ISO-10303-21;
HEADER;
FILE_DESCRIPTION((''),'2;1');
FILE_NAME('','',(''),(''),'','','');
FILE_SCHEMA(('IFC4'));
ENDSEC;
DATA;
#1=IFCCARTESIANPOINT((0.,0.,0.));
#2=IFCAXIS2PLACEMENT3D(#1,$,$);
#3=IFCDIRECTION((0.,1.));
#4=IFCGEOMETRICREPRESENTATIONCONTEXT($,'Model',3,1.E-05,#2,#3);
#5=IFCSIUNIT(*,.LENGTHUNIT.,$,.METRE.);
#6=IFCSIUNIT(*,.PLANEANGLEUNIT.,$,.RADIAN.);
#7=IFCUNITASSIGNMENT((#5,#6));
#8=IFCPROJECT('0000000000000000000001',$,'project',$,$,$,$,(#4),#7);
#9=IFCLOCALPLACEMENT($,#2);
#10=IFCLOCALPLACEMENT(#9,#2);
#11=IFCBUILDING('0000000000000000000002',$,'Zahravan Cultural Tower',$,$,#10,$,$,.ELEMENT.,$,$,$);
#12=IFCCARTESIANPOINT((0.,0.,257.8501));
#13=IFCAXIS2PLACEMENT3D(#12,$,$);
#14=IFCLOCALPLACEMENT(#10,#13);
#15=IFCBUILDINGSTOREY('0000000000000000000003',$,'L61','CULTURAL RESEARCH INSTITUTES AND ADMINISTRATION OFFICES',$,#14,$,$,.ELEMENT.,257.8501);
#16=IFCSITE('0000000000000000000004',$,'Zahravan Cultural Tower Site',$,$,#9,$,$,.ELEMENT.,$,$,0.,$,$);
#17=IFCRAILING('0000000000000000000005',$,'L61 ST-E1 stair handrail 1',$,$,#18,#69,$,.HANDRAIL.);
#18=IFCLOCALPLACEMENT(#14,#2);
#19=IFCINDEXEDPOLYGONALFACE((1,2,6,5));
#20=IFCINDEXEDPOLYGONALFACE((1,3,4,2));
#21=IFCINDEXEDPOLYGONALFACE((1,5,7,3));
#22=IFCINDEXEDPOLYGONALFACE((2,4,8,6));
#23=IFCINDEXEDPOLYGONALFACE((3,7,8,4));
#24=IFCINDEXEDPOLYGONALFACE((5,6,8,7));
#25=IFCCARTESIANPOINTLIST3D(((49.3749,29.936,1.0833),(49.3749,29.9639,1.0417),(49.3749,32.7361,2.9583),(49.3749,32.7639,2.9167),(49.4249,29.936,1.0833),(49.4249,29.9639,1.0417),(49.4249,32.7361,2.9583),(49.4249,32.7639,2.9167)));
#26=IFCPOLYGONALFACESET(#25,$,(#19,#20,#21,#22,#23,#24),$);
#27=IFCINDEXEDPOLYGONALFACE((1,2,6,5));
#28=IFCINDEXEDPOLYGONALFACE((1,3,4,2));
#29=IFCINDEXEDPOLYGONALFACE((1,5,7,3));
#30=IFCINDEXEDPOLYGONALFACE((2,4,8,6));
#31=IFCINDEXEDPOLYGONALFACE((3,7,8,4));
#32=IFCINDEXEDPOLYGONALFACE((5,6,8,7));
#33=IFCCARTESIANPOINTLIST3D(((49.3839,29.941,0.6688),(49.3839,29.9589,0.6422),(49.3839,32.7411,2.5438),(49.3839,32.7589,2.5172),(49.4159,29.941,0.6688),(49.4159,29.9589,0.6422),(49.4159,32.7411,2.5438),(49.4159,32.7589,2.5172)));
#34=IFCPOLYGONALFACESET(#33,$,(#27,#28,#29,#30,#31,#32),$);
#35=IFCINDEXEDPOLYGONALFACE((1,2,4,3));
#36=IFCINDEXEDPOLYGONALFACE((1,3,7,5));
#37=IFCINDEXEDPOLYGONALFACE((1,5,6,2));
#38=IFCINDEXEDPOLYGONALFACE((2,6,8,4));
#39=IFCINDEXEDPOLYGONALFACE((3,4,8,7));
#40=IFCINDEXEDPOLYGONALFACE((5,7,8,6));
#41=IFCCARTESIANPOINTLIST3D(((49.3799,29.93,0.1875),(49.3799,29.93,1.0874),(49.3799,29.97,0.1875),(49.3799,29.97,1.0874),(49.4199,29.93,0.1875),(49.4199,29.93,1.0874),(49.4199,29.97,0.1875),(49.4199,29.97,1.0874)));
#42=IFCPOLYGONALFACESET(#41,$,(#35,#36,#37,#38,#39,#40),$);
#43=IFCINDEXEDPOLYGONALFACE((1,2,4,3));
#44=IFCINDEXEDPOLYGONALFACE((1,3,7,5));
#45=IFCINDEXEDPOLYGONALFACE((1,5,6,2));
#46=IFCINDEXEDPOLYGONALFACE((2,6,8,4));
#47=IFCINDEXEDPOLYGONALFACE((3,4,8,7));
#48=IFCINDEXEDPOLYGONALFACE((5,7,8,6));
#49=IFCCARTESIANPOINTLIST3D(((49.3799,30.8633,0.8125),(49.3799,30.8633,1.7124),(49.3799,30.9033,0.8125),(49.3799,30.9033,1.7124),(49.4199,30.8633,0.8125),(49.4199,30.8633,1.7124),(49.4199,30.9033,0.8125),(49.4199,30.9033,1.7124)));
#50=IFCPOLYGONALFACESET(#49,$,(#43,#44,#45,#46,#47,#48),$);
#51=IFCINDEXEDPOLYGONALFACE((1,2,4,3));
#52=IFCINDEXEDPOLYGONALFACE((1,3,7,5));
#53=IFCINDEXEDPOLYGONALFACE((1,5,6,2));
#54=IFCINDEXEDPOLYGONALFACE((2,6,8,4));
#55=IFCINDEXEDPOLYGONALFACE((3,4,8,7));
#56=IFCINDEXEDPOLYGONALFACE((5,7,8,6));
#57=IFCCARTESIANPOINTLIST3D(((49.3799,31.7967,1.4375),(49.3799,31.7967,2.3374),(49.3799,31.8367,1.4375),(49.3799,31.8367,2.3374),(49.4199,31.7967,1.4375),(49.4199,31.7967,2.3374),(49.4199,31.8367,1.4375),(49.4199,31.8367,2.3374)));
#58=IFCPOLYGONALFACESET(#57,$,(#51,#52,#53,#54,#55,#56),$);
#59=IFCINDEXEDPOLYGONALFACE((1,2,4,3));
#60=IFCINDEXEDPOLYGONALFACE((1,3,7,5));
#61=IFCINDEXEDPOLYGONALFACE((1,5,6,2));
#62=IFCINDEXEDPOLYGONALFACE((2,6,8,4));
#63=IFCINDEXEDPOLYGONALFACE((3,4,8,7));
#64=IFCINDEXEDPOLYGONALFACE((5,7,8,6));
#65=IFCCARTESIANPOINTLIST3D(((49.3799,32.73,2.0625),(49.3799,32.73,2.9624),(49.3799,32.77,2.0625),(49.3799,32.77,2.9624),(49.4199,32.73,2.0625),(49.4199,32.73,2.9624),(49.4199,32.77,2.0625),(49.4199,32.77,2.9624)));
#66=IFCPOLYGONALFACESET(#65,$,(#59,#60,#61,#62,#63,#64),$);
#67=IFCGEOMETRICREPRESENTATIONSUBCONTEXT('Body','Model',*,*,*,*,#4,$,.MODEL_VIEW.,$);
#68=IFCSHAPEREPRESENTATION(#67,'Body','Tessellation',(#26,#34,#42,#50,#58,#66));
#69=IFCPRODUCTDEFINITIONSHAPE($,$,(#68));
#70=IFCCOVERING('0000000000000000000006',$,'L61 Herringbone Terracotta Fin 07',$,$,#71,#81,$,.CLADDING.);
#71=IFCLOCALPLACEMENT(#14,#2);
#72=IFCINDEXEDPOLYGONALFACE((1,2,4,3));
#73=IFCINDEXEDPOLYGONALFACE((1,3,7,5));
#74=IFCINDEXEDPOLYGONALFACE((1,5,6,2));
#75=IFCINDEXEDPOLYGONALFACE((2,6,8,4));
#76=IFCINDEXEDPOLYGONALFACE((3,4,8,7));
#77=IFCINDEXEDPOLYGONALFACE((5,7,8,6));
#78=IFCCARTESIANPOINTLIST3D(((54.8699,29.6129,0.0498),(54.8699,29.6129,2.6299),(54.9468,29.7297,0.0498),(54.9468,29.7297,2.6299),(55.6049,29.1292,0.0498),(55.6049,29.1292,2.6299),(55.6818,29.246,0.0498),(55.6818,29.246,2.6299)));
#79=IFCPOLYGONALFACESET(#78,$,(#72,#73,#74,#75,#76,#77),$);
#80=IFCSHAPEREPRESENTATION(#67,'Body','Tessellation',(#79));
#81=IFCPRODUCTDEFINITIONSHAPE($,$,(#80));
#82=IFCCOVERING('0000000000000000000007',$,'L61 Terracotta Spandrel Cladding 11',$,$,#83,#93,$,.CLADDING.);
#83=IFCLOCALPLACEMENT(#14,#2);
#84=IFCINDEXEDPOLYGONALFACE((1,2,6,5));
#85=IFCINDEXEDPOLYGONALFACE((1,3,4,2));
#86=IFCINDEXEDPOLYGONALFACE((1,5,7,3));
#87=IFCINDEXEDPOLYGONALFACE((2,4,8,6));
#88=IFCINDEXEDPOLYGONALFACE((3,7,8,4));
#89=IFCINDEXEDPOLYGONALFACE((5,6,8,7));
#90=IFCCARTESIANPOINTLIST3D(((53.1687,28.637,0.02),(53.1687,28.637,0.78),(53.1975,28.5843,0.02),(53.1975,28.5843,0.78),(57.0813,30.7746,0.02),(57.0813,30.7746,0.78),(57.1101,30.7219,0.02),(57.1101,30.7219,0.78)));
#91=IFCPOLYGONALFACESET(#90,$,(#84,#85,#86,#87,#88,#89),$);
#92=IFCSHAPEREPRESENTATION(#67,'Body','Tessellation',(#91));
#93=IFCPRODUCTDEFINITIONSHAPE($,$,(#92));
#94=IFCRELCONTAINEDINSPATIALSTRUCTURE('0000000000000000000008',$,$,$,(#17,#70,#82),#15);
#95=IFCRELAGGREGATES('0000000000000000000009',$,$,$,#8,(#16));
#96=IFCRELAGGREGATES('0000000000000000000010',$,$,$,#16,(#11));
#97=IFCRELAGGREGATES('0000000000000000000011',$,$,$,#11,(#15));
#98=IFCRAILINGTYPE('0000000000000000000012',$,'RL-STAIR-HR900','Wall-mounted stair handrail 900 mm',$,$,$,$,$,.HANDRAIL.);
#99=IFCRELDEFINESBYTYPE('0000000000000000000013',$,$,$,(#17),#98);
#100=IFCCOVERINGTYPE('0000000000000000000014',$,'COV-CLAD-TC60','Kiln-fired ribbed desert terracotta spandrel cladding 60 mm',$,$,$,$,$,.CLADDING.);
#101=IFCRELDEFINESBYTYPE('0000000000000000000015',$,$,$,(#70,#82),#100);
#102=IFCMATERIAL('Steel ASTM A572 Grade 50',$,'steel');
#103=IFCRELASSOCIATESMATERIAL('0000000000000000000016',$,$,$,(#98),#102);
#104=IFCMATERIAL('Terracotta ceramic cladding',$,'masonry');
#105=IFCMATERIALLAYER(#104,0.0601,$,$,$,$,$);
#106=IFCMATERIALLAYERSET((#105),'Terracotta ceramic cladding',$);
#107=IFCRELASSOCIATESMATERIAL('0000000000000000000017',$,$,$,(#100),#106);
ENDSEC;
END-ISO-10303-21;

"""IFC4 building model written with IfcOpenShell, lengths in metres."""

from ifc_helpers import new_model, si_unit, direction, frame, origin, origin_2d, place, context, subcontext, project, spatial, rectangle, extrude, source, transform, mapped, material, layer, layer_set, type_object, element, save


model = new_model("IFC4")

# Units and contexts
model_context = context("Model", 3, precision=1e-05, world=origin(), true_north=direction((0.0, 1.0)))
body_context = subcontext(model_context, "Body", "Model", "MODEL_VIEW")
ifc_project = project(units=[si_unit("LENGTHUNIT", "METRE"), si_unit("PLANEANGLEUNIT", "RADIAN")], contexts=[model_context])

# Site, building, storey
site_placement = place(None, origin())
site = spatial("IfcSite", under=ifc_project, at=site_placement, Name="Zahravan Cultural Tower Site", CompositionType="ELEMENT", RefElevation=0.0)
building_placement = place(site_placement, origin())
building = spatial("IfcBuilding", under=site, at=building_placement, Name="Zahravan Cultural Tower", CompositionType="ELEMENT")
storey_placement = place(building_placement, frame((0.0, 0.0, 257.8501)))
storey = spatial("IfcBuildingStorey", under=building, at=storey_placement, Name="L61", Description="CULTURAL RESEARCH INSTITUTES AND ADMINISTRATION OFFICES", CompositionType="ELEMENT", Elevation=257.8501)

# Railing
ifc_material_1 = material(Name="Steel ASTM A572 Grade 50", Category="steel")
railing_type_1 = type_object("IfcRailingType", Name="RL-STAIR-HR900", Description="Wall-mounted stair handrail 900 mm", PredefinedType="HANDRAIL", material=ifc_material_1)
railing_1_placement = place(storey_placement, frame((49.3999, 29.95, 0.1875)))
element("IfcRailing", 1, at=railing_1_placement, inside=storey, type_object=railing_type_1, Name="L61 ST-E1 stair handrail 1", PredefinedType="HANDRAIL", context=body_context, shape_type="SweptSolid", body=[
    extrude(rectangle(XDim=0.05, YDim=0.05, at=origin_2d()), frame((0.0, 0.0, 0.875), z_axis=(0.0, 0.830912, 0.556404), x_axis=(-1.0, 0.0, 0.0)), (0.0, 0.0, 1.0), 3.3699),
    extrude(rectangle(XDim=0.032, YDim=0.032, at=origin_2d()), frame((0.0, 0.0, 0.468), z_axis=(0.0, 0.830912, 0.556404), x_axis=(-1.0, 0.0, 0.0)), (0.0, 0.0, 1.0), 3.3699),
    extrude(rectangle(XDim=0.04, YDim=0.04, at=origin_2d()), origin(), (0.0, 0.0, 1.0), 0.8999),
    extrude(rectangle(XDim=0.04, YDim=0.04, at=origin_2d()), frame((0.0, 0.9333, 0.625)), (0.0, 0.0, 1.0), 0.8999),
    extrude(rectangle(XDim=0.04, YDim=0.04, at=origin_2d()), frame((0.0, 1.8667, 1.25)), (0.0, 0.0, 1.0), 0.8999),
    extrude(rectangle(XDim=0.04, YDim=0.04, at=origin_2d()), frame((0.0, 2.8, 1.875)), (0.0, 0.0, 1.0), 0.8999),
])

# Coverings
ifc_material_2 = material(Name="Terracotta ceramic cladding", Category="masonry")
ifc_layer_1 = layer(ifc_material_2, 0.0601)
ifc_layer_set_1 = layer_set([ifc_layer_1], Name="Terracotta ceramic cladding")
covering_type = type_object("IfcCoveringType", Name="COV-CLAD-TC60", Description="Kiln-fired ribbed desert terracotta spandrel cladding 60 mm", PredefinedType="CLADDING", material=ifc_layer_set_1)
shared_shape_1 = source(origin(), body_context, "Body", "SweptSolid", [
    extrude(rectangle(XDim=0.8799, YDim=0.1399, at=origin_2d()), origin(), (0.0, 0.0, 1.0), 2.5801),
])
covering_1_placement = place(storey_placement, frame((55.2759, 29.4294, 0.0498), z_axis=(0.0, 0.0, 1.0), x_axis=(0.835328, -0.549752, 0.0)))
element("IfcCovering", 2, at=covering_1_placement, inside=storey, type_object=covering_type, Name="L61 Herringbone Terracotta Fin 07", PredefinedType="CLADDING", context=body_context, shape_type="MappedRepresentation", body=[
    mapped(shared_shape_1, transform((0.0, 0.0, 0.0), x_axis=(1.0, 0.0, 0.0), y_axis=(0.0, 1.0, 0.0), z_axis=(0.0, 0.0, 1.0), scale=1.0)),
])
shared_shape_2 = source(origin(), body_context, "Body", "SweptSolid", [
    extrude(rectangle(XDim=4.4585, YDim=0.0601, at=origin_2d()), origin(), (0.0, 0.0, 1.0), 0.76),
])
covering_2_placement = place(storey_placement, frame((55.1394, 29.6794, 0.02), z_axis=(0.0, 0.0, 1.0), x_axis=(-0.877565, -0.479458, 0.0)))
element("IfcCovering", 3, at=covering_2_placement, inside=storey, type_object=covering_type, Name="L61 Terracotta Spandrel Cladding 11", PredefinedType="CLADDING", context=body_context, shape_type="MappedRepresentation", body=[
    mapped(shared_shape_2, transform((0.0, 0.0, 0.0), x_axis=(1.0, 0.0, 0.0), y_axis=(0.0, 1.0, 0.0), z_axis=(0.0, 0.0, 1.0), scale=1.0)),
])

save(model, "model.ifc")
